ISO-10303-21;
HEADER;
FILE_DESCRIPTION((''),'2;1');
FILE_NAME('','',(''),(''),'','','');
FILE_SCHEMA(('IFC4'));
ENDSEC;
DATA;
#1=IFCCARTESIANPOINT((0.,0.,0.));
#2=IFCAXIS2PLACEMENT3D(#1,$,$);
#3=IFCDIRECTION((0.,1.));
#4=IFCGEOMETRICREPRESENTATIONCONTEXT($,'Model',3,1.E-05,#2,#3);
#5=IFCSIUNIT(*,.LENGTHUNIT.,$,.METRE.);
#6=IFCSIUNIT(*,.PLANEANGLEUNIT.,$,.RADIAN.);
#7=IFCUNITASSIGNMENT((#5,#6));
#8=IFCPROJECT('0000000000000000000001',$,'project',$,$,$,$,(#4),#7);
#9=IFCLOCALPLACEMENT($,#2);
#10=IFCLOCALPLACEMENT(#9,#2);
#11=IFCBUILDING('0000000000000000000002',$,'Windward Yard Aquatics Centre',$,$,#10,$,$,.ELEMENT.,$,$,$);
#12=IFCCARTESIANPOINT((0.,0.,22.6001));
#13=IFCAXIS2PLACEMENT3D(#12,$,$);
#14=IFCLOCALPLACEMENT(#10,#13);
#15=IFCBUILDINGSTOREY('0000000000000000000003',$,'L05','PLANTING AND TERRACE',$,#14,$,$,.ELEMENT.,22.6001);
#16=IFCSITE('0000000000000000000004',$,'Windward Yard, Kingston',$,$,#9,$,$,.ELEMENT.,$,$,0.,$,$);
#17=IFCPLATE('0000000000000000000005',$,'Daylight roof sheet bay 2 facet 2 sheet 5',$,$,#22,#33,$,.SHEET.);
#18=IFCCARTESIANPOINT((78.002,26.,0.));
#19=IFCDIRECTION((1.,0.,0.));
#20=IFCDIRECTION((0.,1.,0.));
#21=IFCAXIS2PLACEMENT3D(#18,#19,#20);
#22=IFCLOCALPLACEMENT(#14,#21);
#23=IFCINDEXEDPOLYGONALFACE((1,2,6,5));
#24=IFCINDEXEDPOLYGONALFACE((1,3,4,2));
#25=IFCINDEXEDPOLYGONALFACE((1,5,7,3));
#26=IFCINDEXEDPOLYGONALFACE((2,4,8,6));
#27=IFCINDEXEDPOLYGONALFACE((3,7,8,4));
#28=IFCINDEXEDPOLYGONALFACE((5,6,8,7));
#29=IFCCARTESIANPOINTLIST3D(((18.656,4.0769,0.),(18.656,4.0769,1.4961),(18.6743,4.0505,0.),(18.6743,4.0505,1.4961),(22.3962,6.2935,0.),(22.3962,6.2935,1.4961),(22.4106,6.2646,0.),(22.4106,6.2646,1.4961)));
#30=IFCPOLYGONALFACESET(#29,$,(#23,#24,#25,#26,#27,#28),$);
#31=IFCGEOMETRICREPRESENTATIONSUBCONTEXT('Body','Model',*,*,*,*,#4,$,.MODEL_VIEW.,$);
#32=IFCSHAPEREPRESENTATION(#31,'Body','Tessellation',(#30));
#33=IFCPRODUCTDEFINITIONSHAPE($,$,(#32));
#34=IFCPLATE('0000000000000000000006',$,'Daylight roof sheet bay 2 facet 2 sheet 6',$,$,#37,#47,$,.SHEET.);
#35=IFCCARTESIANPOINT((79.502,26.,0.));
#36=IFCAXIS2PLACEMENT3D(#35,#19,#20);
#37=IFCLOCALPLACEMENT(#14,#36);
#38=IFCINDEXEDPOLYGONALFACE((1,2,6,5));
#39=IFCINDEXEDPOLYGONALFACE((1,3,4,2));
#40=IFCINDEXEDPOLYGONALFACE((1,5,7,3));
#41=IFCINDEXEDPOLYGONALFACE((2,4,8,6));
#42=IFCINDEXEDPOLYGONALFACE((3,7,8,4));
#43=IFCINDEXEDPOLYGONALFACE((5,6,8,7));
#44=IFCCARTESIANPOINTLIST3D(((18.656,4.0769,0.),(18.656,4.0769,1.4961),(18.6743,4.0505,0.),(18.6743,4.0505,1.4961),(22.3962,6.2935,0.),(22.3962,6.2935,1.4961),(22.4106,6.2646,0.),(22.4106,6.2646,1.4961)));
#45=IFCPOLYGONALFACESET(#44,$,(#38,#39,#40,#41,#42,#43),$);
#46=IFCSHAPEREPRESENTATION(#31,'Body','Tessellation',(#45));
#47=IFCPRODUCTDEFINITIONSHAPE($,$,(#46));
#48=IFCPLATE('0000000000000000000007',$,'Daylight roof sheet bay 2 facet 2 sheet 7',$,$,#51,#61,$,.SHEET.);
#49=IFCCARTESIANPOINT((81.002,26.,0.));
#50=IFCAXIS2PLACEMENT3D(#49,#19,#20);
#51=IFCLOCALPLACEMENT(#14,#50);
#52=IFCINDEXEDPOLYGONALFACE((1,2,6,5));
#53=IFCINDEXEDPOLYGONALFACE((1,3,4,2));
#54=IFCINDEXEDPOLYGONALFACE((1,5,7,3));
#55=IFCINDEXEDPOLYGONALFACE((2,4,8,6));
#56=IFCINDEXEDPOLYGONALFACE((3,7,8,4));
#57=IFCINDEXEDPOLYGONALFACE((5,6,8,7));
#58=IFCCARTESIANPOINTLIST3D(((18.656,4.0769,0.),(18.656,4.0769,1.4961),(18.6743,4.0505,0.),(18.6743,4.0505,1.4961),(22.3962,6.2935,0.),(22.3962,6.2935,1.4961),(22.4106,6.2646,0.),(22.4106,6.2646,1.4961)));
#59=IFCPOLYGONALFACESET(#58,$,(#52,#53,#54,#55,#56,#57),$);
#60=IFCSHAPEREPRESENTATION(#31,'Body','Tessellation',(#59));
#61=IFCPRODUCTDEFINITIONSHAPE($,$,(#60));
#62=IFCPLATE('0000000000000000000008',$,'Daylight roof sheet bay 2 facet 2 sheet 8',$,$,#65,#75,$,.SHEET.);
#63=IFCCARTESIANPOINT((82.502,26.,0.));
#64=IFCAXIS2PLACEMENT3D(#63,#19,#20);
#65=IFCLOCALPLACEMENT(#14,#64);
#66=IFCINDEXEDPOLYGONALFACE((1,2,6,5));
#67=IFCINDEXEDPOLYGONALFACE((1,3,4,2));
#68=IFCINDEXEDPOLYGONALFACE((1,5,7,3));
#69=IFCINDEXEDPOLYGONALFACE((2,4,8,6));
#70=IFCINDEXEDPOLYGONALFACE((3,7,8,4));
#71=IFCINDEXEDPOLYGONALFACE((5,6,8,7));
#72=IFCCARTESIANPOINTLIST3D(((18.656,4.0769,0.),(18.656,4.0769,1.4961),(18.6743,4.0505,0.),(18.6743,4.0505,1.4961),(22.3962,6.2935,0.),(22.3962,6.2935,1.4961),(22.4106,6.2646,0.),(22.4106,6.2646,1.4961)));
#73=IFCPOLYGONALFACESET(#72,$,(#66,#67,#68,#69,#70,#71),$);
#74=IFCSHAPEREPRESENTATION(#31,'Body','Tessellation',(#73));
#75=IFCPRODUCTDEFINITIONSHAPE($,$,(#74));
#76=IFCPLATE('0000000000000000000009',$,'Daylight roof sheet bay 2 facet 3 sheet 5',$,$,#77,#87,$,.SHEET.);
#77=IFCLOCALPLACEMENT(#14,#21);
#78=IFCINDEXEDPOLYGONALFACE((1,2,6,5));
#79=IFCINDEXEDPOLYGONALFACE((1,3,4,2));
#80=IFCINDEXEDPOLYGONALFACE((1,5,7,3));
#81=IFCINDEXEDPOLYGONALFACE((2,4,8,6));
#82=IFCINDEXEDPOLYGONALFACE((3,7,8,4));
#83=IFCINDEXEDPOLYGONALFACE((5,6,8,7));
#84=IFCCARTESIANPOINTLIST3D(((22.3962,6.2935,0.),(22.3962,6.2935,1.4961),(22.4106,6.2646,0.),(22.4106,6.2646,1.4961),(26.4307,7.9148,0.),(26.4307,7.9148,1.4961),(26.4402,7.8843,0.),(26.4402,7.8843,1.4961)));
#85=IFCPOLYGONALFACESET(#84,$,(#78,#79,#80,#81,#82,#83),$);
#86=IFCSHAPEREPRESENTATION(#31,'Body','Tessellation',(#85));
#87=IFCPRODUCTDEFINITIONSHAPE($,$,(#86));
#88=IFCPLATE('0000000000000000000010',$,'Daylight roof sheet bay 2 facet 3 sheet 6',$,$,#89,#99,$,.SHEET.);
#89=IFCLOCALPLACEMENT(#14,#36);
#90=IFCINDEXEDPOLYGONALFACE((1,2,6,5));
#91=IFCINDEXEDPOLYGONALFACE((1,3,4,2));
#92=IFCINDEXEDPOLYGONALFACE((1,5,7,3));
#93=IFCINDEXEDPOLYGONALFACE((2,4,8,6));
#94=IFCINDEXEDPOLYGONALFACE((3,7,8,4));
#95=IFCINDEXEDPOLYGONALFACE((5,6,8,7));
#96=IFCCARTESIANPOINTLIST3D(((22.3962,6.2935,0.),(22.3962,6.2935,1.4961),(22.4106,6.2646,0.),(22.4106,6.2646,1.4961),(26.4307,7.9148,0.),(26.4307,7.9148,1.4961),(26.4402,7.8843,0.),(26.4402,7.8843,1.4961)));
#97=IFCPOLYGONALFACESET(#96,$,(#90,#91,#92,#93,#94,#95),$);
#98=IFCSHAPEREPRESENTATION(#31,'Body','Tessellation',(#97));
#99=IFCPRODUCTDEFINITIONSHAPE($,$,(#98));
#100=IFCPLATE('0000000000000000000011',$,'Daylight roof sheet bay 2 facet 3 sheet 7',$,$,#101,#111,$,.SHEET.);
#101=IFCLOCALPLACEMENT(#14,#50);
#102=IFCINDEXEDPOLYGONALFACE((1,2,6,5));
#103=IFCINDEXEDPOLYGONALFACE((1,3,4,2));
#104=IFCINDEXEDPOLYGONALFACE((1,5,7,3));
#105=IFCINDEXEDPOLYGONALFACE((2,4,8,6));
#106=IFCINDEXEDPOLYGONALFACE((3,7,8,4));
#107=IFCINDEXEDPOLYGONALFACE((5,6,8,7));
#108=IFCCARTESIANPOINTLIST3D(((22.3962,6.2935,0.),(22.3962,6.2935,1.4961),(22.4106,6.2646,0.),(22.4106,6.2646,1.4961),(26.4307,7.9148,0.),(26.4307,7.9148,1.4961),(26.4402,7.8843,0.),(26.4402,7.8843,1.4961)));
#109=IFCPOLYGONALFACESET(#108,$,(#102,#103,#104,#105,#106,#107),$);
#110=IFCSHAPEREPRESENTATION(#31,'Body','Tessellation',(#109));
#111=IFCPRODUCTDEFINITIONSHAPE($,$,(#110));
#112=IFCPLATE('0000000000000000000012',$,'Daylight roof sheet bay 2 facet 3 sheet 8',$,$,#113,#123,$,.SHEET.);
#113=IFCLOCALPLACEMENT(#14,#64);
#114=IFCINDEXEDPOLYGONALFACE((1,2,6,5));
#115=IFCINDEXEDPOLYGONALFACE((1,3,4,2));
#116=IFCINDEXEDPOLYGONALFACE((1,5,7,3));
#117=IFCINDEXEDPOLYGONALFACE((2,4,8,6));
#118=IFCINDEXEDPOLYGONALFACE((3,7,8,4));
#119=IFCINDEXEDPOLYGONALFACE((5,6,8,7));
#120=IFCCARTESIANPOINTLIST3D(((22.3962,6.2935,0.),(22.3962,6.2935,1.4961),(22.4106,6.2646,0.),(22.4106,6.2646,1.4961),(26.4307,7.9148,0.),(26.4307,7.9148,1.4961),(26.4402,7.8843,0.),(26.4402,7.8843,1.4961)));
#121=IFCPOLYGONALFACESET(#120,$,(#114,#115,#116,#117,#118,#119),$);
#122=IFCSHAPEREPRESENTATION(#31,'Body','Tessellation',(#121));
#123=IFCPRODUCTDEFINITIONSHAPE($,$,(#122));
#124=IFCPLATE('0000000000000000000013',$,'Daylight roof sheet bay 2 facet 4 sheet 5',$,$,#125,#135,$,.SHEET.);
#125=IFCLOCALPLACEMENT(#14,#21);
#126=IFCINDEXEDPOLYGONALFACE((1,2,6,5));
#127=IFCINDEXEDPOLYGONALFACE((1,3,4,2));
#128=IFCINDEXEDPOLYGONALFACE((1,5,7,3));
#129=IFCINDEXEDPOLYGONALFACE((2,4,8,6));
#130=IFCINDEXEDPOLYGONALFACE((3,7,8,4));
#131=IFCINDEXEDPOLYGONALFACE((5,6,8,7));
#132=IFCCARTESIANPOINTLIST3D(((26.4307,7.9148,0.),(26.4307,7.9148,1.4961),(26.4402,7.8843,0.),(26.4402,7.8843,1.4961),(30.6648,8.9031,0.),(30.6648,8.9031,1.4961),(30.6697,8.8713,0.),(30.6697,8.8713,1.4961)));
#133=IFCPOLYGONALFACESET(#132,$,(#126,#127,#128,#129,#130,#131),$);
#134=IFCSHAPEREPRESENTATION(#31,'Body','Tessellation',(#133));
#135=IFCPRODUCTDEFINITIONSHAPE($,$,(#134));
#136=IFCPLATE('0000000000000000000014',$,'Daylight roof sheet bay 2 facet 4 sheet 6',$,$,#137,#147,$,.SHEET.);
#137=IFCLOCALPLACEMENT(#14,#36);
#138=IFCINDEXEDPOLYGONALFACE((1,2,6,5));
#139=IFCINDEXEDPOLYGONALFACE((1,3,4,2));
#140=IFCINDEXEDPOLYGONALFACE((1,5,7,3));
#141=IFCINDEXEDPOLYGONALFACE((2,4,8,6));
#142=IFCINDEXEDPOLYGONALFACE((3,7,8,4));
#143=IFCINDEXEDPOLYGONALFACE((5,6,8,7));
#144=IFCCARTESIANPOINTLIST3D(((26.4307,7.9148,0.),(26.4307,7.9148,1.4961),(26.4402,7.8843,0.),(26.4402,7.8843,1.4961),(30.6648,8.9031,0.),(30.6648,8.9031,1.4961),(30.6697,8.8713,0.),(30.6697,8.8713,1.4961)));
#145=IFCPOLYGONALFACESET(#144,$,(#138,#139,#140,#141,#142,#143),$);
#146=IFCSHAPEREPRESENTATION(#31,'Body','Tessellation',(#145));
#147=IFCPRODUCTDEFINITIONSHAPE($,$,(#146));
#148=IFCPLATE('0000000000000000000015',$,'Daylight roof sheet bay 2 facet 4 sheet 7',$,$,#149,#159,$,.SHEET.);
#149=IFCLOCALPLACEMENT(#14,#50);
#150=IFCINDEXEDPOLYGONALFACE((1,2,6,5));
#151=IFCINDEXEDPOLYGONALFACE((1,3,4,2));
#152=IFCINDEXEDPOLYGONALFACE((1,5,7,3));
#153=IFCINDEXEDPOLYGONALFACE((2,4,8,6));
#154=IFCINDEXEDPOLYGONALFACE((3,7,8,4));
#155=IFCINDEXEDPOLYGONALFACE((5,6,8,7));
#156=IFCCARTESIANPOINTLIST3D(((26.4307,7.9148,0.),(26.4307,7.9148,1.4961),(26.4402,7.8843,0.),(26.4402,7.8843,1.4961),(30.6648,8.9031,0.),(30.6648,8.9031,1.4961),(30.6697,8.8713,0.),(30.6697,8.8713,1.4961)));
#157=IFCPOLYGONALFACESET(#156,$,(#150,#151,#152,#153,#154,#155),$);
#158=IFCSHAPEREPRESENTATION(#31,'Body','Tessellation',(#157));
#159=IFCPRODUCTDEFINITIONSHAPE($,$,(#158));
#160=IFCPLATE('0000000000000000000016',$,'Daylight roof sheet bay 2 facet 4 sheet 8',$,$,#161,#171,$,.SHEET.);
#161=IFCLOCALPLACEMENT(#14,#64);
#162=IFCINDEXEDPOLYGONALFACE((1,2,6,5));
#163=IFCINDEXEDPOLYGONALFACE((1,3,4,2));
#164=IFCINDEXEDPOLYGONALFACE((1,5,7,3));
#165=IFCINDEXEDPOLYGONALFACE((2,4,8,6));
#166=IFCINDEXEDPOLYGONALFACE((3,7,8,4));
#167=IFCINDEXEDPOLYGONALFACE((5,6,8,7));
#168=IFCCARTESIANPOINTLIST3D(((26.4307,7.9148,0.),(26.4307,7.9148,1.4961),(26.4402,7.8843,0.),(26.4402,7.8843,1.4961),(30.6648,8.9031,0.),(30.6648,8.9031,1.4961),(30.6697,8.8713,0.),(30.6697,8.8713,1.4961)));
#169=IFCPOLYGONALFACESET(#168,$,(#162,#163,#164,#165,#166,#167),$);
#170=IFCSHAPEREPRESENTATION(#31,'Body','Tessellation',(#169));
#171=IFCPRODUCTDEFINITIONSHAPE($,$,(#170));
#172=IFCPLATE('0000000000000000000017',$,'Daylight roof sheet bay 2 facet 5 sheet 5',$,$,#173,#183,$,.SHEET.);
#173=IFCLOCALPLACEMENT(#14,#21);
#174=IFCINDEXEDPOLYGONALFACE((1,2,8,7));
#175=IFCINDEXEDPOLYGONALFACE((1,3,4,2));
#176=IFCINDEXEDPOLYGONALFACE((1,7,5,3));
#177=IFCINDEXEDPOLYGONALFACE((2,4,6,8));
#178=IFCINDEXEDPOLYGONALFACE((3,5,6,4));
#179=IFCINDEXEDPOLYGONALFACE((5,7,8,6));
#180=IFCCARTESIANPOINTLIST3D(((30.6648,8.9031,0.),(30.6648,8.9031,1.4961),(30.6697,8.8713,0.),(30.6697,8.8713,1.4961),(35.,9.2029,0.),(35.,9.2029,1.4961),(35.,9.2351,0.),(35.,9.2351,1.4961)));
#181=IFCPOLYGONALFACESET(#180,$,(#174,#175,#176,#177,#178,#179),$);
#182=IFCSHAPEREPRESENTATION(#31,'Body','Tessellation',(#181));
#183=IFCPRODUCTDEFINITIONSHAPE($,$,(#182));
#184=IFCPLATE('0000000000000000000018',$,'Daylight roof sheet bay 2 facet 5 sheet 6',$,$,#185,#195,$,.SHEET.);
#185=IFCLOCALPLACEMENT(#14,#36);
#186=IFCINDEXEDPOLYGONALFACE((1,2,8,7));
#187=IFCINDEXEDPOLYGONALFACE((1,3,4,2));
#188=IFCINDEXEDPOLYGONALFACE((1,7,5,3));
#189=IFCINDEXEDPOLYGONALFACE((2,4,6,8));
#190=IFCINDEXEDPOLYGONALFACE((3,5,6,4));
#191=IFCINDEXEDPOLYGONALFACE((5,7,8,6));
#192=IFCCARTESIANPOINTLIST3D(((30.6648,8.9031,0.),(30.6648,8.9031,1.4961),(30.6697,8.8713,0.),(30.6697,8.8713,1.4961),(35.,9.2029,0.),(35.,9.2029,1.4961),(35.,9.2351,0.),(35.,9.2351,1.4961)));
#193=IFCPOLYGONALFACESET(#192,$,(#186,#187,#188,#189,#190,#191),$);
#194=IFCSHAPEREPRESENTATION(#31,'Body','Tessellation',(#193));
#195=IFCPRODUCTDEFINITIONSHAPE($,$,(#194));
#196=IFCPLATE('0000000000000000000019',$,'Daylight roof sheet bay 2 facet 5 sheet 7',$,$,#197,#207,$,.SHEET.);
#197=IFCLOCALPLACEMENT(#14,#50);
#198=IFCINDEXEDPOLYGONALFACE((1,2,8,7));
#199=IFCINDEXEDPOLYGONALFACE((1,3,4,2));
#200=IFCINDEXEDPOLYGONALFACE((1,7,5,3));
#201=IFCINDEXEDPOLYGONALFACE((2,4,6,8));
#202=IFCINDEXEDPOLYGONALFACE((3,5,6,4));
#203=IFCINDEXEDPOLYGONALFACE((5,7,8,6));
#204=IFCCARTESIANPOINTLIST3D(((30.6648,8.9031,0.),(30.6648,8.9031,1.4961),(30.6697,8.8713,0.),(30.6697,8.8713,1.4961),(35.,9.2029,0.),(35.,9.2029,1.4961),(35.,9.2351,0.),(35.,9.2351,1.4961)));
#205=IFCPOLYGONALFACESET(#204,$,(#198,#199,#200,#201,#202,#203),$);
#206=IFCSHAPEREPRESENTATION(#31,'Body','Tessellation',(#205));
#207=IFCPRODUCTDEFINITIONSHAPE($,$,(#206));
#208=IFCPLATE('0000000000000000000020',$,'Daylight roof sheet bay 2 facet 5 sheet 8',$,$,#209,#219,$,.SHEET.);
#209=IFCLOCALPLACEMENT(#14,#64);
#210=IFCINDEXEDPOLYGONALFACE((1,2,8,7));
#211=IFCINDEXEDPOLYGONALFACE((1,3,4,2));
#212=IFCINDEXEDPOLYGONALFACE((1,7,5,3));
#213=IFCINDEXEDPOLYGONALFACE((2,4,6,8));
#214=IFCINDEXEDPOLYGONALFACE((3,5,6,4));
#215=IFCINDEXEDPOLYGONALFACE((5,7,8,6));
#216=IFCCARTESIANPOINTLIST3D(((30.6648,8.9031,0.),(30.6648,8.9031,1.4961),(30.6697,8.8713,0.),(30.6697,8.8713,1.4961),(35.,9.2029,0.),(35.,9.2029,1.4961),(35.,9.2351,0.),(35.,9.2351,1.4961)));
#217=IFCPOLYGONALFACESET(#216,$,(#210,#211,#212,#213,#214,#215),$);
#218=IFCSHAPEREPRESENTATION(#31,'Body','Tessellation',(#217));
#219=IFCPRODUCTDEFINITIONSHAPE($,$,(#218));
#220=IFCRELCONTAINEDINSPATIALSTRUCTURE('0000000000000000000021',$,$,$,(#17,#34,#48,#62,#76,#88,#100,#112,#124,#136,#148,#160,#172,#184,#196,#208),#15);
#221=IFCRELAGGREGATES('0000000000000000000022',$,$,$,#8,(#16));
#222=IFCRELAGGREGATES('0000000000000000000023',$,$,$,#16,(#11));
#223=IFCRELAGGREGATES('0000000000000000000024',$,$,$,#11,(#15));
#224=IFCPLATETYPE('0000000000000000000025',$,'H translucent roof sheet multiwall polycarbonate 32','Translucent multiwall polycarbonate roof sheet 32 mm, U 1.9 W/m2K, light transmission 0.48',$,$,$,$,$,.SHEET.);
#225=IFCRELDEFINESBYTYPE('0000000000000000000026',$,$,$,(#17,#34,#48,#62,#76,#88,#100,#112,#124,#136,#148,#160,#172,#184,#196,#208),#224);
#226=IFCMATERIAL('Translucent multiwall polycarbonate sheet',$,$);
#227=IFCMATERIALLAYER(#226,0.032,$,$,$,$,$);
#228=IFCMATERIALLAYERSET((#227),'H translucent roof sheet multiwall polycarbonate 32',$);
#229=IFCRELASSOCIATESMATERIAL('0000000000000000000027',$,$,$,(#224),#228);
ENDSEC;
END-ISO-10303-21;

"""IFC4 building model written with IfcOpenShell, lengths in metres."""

from ifc_helpers import new_model, si_unit, direction, frame, origin, place, context, subcontext, project, spatial, polyline, outline, extrude, material, layer, layer_set, type_object, element, save


model = new_model("IFC4")

# Units and contexts
model_context = context("Model", 3, precision=1e-05, world=origin(), true_north=direction((0.0, 1.0)))
body_context = subcontext(model_context, "Body", "Model", "MODEL_VIEW")
ifc_project = project(units=[si_unit("LENGTHUNIT", "METRE"), si_unit("PLANEANGLEUNIT", "RADIAN")], contexts=[model_context])

# Site, building, storey
site_placement = place(None, origin())
site = spatial("IfcSite", under=ifc_project, at=site_placement, Name="Windward Yard, Kingston", CompositionType="ELEMENT", RefElevation=0.0)
building_placement = place(site_placement, origin())
building = spatial("IfcBuilding", under=site, at=building_placement, Name="Windward Yard Aquatics Centre", CompositionType="ELEMENT")
storey_placement = place(building_placement, frame((0.0, 0.0, 22.6001)))
storey = spatial("IfcBuildingStorey", under=building, at=storey_placement, Name="L05", Description="PLANTING AND TERRACE", CompositionType="ELEMENT", Elevation=22.6001)

# Plates
ifc_material = material(Name="Translucent multiwall polycarbonate sheet")
ifc_layer = layer(ifc_material, 0.032)
ifc_layer_set = layer_set([ifc_layer], Name="H translucent roof sheet multiwall polycarbonate 32")
plate_type = type_object("IfcPlateType", Name="H translucent roof sheet multiwall polycarbonate 32", Description="Translucent multiwall polycarbonate roof sheet 32 mm, U 1.9 W/m2K, light transmission 0.48", PredefinedType="SHEET", material=ifc_layer_set)
for number, where, z_axis, x_axis, name in (
    (1, (78.002, 26.0, 0.0), (1.0, 0.0, 0.0), (0.0, 1.0, 0.0), "Daylight roof sheet bay 2 facet 2 sheet 5"),
    (2, (79.502, 26.0, 0.0), (1.0, 0.0, 0.0), (0.0, 1.0, 0.0), "Daylight roof sheet bay 2 facet 2 sheet 6"),
    (3, (81.002, 26.0, 0.0), (1.0, 0.0, 0.0), (0.0, 1.0, 0.0), "Daylight roof sheet bay 2 facet 2 sheet 7"),
    (4, (82.502, 26.0, 0.0), (1.0, 0.0, 0.0), (0.0, 1.0, 0.0), "Daylight roof sheet bay 2 facet 2 sheet 8"),
):
    element("IfcPlate", number, at=place(storey_placement, frame(where, z_axis=z_axis, x_axis=x_axis)), inside=storey, type_object=plate_type, Name=name, PredefinedType="SHEET", context=body_context, shape_type="SweptSolid", body=[
        extrude(outline(polyline([(18.6743, 4.0505), (22.4106, 6.2646), (22.3962, 6.2935), (18.656, 4.0769), (18.6743, 4.0505)])), origin(), (0.0, 0.0, 1.0), 1.4961),
    ])
for number, where, z_axis, x_axis, name in (
    (5, (78.002, 26.0, 0.0), (1.0, 0.0, 0.0), (0.0, 1.0, 0.0), "Daylight roof sheet bay 2 facet 3 sheet 5"),
    (6, (79.502, 26.0, 0.0), (1.0, 0.0, 0.0), (0.0, 1.0, 0.0), "Daylight roof sheet bay 2 facet 3 sheet 6"),
    (7, (81.002, 26.0, 0.0), (1.0, 0.0, 0.0), (0.0, 1.0, 0.0), "Daylight roof sheet bay 2 facet 3 sheet 7"),
    (8, (82.502, 26.0, 0.0), (1.0, 0.0, 0.0), (0.0, 1.0, 0.0), "Daylight roof sheet bay 2 facet 3 sheet 8"),
):
    element("IfcPlate", number, at=place(storey_placement, frame(where, z_axis=z_axis, x_axis=x_axis)), inside=storey, type_object=plate_type, Name=name, PredefinedType="SHEET", context=body_context, shape_type="SweptSolid", body=[
        extrude(outline(polyline([(22.4106, 6.2646), (26.4402, 7.8843), (26.4307, 7.9148), (22.3962, 6.2935), (22.4106, 6.2646)])), origin(), (0.0, 0.0, 1.0), 1.4961),
    ])
for number, where, z_axis, x_axis, name in (
    (9, (78.002, 26.0, 0.0), (1.0, 0.0, 0.0), (0.0, 1.0, 0.0), "Daylight roof sheet bay 2 facet 4 sheet 5"),
    (10, (79.502, 26.0, 0.0), (1.0, 0.0, 0.0), (0.0, 1.0, 0.0), "Daylight roof sheet bay 2 facet 4 sheet 6"),
    (11, (81.002, 26.0, 0.0), (1.0, 0.0, 0.0), (0.0, 1.0, 0.0), "Daylight roof sheet bay 2 facet 4 sheet 7"),
    (12, (82.502, 26.0, 0.0), (1.0, 0.0, 0.0), (0.0, 1.0, 0.0), "Daylight roof sheet bay 2 facet 4 sheet 8"),
):
    element("IfcPlate", number, at=place(storey_placement, frame(where, z_axis=z_axis, x_axis=x_axis)), inside=storey, type_object=plate_type, Name=name, PredefinedType="SHEET", context=body_context, shape_type="SweptSolid", body=[
        extrude(outline(polyline([(26.4402, 7.8843), (30.6697, 8.8713), (30.6648, 8.9031), (26.4307, 7.9148), (26.4402, 7.8843)])), origin(), (0.0, 0.0, 1.0), 1.4961),
    ])
for number, where, z_axis, x_axis, name in (
    (13, (78.002, 26.0, 0.0), (1.0, 0.0, 0.0), (0.0, 1.0, 0.0), "Daylight roof sheet bay 2 facet 5 sheet 5"),
    (14, (79.502, 26.0, 0.0), (1.0, 0.0, 0.0), (0.0, 1.0, 0.0), "Daylight roof sheet bay 2 facet 5 sheet 6"),
    (15, (81.002, 26.0, 0.0), (1.0, 0.0, 0.0), (0.0, 1.0, 0.0), "Daylight roof sheet bay 2 facet 5 sheet 7"),
    (16, (82.502, 26.0, 0.0), (1.0, 0.0, 0.0), (0.0, 1.0, 0.0), "Daylight roof sheet bay 2 facet 5 sheet 8"),
):
    element("IfcPlate", number, at=place(storey_placement, frame(where, z_axis=z_axis, x_axis=x_axis)), inside=storey, type_object=plate_type, Name=name, PredefinedType="SHEET", context=body_context, shape_type="SweptSolid", body=[
        extrude(outline(polyline([(30.6697, 8.8713), (35.0, 9.2029), (35.0, 9.2351), (30.6648, 8.9031), (30.6697, 8.8713)])), origin(), (0.0, 0.0, 1.0), 1.4961),
    ])

save(model, "model.ifc")
